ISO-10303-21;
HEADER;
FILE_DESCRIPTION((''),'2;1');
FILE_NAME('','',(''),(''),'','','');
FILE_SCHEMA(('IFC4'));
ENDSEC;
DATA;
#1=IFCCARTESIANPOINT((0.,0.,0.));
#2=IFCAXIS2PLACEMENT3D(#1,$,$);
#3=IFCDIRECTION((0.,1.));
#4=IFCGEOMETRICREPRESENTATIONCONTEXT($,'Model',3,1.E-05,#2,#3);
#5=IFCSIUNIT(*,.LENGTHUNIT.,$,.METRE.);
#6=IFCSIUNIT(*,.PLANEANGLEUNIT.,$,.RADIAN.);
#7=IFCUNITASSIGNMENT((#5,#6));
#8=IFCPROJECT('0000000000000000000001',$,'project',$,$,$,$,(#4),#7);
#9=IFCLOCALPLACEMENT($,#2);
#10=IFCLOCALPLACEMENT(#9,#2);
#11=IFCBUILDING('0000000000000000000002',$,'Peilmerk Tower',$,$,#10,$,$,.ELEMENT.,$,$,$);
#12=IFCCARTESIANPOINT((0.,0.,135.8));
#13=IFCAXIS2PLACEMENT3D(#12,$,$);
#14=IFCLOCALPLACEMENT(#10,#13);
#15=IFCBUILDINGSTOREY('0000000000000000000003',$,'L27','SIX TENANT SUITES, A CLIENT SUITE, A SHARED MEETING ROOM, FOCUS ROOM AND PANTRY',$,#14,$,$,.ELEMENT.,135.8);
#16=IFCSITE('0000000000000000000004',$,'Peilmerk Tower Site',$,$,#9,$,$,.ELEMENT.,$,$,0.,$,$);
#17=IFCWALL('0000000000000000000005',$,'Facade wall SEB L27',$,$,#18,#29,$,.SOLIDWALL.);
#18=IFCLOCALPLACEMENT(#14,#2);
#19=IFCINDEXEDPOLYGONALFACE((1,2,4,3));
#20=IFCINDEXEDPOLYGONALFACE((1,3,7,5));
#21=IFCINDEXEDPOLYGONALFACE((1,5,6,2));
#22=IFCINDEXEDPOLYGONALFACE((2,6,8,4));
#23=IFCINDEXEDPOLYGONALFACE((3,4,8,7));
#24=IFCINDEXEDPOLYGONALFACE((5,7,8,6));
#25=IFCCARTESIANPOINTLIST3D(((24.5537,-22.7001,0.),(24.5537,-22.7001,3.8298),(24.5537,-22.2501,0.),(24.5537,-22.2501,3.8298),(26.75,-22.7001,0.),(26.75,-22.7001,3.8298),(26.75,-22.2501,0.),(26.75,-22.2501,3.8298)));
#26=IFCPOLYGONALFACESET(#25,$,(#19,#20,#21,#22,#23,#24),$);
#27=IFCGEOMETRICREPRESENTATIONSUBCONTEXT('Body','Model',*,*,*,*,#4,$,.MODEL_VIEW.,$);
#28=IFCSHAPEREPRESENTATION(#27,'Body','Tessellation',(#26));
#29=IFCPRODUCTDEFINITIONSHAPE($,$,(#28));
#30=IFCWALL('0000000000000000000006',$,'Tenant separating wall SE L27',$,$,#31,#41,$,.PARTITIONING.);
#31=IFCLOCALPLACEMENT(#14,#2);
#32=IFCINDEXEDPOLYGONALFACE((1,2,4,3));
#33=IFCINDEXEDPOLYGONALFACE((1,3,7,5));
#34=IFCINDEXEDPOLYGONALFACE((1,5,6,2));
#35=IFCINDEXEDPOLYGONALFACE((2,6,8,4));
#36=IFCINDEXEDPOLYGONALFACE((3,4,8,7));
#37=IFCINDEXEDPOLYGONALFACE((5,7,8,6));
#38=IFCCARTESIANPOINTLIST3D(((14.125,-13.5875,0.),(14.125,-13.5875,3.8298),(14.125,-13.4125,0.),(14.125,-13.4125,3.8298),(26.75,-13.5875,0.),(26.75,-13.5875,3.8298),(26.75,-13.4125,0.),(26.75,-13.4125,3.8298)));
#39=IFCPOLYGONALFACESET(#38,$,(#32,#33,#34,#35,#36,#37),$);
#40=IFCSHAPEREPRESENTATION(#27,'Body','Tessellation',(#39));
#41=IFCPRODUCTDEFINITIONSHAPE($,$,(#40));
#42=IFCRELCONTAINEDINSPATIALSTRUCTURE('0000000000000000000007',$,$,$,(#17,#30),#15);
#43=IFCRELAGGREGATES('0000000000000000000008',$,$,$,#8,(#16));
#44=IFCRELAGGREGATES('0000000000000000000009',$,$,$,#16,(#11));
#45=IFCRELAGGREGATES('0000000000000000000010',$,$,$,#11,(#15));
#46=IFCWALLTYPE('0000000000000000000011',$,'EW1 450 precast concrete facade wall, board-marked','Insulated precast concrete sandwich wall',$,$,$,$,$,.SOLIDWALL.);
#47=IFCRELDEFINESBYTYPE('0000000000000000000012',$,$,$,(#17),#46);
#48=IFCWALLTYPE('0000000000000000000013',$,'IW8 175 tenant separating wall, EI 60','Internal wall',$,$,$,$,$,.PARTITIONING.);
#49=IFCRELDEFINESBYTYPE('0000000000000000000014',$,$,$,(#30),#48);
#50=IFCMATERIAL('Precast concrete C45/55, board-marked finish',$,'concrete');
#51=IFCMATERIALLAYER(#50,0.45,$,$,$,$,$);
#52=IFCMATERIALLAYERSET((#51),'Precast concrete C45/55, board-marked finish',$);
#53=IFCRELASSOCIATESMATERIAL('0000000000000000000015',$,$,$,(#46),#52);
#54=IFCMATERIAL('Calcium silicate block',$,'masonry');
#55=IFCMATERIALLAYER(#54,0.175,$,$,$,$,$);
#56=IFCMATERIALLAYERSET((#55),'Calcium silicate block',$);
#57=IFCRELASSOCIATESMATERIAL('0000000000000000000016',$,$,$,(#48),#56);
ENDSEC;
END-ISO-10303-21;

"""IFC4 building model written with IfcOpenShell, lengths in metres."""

from ifc_helpers import new_model, si_unit, direction, frame, frame_2d, origin, place, context, subcontext, project, spatial, rectangle, extrude, material, layer, layer_set, type_object, element, save


model = new_model("IFC4")

# Units and contexts
model_context = context("Model", 3, precision=1e-05, world=origin(), true_north=direction((0.0, 1.0)))
body_context = subcontext(model_context, "Body", "Model", "MODEL_VIEW")
ifc_project = project(units=[si_unit("LENGTHUNIT", "METRE"), si_unit("PLANEANGLEUNIT", "RADIAN")], contexts=[model_context])

# Site, building, storey
site_placement = place(None, origin())
site = spatial("IfcSite", under=ifc_project, at=site_placement, Name="Peilmerk Tower Site", CompositionType="ELEMENT", RefElevation=0.0)
building_placement = place(site_placement, origin())
building = spatial("IfcBuilding", under=site, at=building_placement, Name="Peilmerk Tower", CompositionType="ELEMENT")
storey_placement = place(building_placement, frame((0.0, 0.0, 135.8)))
storey = spatial("IfcBuildingStorey", under=building, at=storey_placement, Name="L27", Description="SIX TENANT SUITES, A CLIENT SUITE, A SHARED MEETING ROOM, FOCUS ROOM AND PANTRY", CompositionType="ELEMENT", Elevation=135.8)

# Walls
ifc_material_1 = material(Name="Precast concrete C45/55, board-marked finish", Category="concrete")
ifc_layer_1 = layer(ifc_material_1, 0.45)
ifc_layer_set_1 = layer_set([ifc_layer_1], Name="Precast concrete C45/55, board-marked finish")
wall_type_1 = type_object("IfcWallType", Name="EW1 450 precast concrete facade wall, board-marked", Description="Insulated precast concrete sandwich wall", PredefinedType="SOLIDWALL", material=ifc_layer_set_1)
wall_1_placement = place(storey_placement, frame((24.5537, -22.4751, 0.0), z_axis=(0.0, 0.0, 1.0), x_axis=(1.0, 0.0, 0.0)))
element("IfcWall", 1, at=wall_1_placement, inside=storey, type_object=wall_type_1, Name="Facade wall SEB L27", PredefinedType="SOLIDWALL", context=body_context, shape_type="SweptSolid", body=[
    extrude(rectangle(XDim=2.1963, YDim=0.45, at=frame_2d((1.0981, 0.0))), origin(), (0.0, 0.0, 1.0), 3.8298),
])
ifc_material_2 = material(Name="Calcium silicate block", Category="masonry")
ifc_layer_2 = layer(ifc_material_2, 0.175)
ifc_layer_set_2 = layer_set([ifc_layer_2], Name="Calcium silicate block")
wall_type_2 = type_object("IfcWallType", Name="IW8 175 tenant separating wall, EI 60", Description="Internal wall", PredefinedType="PARTITIONING", material=ifc_layer_set_2)
wall_2_placement = place(storey_placement, frame((26.75, -13.5, 0.0), z_axis=(0.0, 0.0, 1.0), x_axis=(-1.0, 0.0, 0.0)))
element("IfcWall", 2, at=wall_2_placement, inside=storey, type_object=wall_type_2, Name="Tenant separating wall SE L27", PredefinedType="PARTITIONING", context=body_context, shape_type="SweptSolid", body=[
    extrude(rectangle(XDim=12.625, YDim=0.175, at=frame_2d((6.3125, 0.0))), origin(), (0.0, 0.0, 1.0), 3.8298),
])

save(model, "model.ifc")
